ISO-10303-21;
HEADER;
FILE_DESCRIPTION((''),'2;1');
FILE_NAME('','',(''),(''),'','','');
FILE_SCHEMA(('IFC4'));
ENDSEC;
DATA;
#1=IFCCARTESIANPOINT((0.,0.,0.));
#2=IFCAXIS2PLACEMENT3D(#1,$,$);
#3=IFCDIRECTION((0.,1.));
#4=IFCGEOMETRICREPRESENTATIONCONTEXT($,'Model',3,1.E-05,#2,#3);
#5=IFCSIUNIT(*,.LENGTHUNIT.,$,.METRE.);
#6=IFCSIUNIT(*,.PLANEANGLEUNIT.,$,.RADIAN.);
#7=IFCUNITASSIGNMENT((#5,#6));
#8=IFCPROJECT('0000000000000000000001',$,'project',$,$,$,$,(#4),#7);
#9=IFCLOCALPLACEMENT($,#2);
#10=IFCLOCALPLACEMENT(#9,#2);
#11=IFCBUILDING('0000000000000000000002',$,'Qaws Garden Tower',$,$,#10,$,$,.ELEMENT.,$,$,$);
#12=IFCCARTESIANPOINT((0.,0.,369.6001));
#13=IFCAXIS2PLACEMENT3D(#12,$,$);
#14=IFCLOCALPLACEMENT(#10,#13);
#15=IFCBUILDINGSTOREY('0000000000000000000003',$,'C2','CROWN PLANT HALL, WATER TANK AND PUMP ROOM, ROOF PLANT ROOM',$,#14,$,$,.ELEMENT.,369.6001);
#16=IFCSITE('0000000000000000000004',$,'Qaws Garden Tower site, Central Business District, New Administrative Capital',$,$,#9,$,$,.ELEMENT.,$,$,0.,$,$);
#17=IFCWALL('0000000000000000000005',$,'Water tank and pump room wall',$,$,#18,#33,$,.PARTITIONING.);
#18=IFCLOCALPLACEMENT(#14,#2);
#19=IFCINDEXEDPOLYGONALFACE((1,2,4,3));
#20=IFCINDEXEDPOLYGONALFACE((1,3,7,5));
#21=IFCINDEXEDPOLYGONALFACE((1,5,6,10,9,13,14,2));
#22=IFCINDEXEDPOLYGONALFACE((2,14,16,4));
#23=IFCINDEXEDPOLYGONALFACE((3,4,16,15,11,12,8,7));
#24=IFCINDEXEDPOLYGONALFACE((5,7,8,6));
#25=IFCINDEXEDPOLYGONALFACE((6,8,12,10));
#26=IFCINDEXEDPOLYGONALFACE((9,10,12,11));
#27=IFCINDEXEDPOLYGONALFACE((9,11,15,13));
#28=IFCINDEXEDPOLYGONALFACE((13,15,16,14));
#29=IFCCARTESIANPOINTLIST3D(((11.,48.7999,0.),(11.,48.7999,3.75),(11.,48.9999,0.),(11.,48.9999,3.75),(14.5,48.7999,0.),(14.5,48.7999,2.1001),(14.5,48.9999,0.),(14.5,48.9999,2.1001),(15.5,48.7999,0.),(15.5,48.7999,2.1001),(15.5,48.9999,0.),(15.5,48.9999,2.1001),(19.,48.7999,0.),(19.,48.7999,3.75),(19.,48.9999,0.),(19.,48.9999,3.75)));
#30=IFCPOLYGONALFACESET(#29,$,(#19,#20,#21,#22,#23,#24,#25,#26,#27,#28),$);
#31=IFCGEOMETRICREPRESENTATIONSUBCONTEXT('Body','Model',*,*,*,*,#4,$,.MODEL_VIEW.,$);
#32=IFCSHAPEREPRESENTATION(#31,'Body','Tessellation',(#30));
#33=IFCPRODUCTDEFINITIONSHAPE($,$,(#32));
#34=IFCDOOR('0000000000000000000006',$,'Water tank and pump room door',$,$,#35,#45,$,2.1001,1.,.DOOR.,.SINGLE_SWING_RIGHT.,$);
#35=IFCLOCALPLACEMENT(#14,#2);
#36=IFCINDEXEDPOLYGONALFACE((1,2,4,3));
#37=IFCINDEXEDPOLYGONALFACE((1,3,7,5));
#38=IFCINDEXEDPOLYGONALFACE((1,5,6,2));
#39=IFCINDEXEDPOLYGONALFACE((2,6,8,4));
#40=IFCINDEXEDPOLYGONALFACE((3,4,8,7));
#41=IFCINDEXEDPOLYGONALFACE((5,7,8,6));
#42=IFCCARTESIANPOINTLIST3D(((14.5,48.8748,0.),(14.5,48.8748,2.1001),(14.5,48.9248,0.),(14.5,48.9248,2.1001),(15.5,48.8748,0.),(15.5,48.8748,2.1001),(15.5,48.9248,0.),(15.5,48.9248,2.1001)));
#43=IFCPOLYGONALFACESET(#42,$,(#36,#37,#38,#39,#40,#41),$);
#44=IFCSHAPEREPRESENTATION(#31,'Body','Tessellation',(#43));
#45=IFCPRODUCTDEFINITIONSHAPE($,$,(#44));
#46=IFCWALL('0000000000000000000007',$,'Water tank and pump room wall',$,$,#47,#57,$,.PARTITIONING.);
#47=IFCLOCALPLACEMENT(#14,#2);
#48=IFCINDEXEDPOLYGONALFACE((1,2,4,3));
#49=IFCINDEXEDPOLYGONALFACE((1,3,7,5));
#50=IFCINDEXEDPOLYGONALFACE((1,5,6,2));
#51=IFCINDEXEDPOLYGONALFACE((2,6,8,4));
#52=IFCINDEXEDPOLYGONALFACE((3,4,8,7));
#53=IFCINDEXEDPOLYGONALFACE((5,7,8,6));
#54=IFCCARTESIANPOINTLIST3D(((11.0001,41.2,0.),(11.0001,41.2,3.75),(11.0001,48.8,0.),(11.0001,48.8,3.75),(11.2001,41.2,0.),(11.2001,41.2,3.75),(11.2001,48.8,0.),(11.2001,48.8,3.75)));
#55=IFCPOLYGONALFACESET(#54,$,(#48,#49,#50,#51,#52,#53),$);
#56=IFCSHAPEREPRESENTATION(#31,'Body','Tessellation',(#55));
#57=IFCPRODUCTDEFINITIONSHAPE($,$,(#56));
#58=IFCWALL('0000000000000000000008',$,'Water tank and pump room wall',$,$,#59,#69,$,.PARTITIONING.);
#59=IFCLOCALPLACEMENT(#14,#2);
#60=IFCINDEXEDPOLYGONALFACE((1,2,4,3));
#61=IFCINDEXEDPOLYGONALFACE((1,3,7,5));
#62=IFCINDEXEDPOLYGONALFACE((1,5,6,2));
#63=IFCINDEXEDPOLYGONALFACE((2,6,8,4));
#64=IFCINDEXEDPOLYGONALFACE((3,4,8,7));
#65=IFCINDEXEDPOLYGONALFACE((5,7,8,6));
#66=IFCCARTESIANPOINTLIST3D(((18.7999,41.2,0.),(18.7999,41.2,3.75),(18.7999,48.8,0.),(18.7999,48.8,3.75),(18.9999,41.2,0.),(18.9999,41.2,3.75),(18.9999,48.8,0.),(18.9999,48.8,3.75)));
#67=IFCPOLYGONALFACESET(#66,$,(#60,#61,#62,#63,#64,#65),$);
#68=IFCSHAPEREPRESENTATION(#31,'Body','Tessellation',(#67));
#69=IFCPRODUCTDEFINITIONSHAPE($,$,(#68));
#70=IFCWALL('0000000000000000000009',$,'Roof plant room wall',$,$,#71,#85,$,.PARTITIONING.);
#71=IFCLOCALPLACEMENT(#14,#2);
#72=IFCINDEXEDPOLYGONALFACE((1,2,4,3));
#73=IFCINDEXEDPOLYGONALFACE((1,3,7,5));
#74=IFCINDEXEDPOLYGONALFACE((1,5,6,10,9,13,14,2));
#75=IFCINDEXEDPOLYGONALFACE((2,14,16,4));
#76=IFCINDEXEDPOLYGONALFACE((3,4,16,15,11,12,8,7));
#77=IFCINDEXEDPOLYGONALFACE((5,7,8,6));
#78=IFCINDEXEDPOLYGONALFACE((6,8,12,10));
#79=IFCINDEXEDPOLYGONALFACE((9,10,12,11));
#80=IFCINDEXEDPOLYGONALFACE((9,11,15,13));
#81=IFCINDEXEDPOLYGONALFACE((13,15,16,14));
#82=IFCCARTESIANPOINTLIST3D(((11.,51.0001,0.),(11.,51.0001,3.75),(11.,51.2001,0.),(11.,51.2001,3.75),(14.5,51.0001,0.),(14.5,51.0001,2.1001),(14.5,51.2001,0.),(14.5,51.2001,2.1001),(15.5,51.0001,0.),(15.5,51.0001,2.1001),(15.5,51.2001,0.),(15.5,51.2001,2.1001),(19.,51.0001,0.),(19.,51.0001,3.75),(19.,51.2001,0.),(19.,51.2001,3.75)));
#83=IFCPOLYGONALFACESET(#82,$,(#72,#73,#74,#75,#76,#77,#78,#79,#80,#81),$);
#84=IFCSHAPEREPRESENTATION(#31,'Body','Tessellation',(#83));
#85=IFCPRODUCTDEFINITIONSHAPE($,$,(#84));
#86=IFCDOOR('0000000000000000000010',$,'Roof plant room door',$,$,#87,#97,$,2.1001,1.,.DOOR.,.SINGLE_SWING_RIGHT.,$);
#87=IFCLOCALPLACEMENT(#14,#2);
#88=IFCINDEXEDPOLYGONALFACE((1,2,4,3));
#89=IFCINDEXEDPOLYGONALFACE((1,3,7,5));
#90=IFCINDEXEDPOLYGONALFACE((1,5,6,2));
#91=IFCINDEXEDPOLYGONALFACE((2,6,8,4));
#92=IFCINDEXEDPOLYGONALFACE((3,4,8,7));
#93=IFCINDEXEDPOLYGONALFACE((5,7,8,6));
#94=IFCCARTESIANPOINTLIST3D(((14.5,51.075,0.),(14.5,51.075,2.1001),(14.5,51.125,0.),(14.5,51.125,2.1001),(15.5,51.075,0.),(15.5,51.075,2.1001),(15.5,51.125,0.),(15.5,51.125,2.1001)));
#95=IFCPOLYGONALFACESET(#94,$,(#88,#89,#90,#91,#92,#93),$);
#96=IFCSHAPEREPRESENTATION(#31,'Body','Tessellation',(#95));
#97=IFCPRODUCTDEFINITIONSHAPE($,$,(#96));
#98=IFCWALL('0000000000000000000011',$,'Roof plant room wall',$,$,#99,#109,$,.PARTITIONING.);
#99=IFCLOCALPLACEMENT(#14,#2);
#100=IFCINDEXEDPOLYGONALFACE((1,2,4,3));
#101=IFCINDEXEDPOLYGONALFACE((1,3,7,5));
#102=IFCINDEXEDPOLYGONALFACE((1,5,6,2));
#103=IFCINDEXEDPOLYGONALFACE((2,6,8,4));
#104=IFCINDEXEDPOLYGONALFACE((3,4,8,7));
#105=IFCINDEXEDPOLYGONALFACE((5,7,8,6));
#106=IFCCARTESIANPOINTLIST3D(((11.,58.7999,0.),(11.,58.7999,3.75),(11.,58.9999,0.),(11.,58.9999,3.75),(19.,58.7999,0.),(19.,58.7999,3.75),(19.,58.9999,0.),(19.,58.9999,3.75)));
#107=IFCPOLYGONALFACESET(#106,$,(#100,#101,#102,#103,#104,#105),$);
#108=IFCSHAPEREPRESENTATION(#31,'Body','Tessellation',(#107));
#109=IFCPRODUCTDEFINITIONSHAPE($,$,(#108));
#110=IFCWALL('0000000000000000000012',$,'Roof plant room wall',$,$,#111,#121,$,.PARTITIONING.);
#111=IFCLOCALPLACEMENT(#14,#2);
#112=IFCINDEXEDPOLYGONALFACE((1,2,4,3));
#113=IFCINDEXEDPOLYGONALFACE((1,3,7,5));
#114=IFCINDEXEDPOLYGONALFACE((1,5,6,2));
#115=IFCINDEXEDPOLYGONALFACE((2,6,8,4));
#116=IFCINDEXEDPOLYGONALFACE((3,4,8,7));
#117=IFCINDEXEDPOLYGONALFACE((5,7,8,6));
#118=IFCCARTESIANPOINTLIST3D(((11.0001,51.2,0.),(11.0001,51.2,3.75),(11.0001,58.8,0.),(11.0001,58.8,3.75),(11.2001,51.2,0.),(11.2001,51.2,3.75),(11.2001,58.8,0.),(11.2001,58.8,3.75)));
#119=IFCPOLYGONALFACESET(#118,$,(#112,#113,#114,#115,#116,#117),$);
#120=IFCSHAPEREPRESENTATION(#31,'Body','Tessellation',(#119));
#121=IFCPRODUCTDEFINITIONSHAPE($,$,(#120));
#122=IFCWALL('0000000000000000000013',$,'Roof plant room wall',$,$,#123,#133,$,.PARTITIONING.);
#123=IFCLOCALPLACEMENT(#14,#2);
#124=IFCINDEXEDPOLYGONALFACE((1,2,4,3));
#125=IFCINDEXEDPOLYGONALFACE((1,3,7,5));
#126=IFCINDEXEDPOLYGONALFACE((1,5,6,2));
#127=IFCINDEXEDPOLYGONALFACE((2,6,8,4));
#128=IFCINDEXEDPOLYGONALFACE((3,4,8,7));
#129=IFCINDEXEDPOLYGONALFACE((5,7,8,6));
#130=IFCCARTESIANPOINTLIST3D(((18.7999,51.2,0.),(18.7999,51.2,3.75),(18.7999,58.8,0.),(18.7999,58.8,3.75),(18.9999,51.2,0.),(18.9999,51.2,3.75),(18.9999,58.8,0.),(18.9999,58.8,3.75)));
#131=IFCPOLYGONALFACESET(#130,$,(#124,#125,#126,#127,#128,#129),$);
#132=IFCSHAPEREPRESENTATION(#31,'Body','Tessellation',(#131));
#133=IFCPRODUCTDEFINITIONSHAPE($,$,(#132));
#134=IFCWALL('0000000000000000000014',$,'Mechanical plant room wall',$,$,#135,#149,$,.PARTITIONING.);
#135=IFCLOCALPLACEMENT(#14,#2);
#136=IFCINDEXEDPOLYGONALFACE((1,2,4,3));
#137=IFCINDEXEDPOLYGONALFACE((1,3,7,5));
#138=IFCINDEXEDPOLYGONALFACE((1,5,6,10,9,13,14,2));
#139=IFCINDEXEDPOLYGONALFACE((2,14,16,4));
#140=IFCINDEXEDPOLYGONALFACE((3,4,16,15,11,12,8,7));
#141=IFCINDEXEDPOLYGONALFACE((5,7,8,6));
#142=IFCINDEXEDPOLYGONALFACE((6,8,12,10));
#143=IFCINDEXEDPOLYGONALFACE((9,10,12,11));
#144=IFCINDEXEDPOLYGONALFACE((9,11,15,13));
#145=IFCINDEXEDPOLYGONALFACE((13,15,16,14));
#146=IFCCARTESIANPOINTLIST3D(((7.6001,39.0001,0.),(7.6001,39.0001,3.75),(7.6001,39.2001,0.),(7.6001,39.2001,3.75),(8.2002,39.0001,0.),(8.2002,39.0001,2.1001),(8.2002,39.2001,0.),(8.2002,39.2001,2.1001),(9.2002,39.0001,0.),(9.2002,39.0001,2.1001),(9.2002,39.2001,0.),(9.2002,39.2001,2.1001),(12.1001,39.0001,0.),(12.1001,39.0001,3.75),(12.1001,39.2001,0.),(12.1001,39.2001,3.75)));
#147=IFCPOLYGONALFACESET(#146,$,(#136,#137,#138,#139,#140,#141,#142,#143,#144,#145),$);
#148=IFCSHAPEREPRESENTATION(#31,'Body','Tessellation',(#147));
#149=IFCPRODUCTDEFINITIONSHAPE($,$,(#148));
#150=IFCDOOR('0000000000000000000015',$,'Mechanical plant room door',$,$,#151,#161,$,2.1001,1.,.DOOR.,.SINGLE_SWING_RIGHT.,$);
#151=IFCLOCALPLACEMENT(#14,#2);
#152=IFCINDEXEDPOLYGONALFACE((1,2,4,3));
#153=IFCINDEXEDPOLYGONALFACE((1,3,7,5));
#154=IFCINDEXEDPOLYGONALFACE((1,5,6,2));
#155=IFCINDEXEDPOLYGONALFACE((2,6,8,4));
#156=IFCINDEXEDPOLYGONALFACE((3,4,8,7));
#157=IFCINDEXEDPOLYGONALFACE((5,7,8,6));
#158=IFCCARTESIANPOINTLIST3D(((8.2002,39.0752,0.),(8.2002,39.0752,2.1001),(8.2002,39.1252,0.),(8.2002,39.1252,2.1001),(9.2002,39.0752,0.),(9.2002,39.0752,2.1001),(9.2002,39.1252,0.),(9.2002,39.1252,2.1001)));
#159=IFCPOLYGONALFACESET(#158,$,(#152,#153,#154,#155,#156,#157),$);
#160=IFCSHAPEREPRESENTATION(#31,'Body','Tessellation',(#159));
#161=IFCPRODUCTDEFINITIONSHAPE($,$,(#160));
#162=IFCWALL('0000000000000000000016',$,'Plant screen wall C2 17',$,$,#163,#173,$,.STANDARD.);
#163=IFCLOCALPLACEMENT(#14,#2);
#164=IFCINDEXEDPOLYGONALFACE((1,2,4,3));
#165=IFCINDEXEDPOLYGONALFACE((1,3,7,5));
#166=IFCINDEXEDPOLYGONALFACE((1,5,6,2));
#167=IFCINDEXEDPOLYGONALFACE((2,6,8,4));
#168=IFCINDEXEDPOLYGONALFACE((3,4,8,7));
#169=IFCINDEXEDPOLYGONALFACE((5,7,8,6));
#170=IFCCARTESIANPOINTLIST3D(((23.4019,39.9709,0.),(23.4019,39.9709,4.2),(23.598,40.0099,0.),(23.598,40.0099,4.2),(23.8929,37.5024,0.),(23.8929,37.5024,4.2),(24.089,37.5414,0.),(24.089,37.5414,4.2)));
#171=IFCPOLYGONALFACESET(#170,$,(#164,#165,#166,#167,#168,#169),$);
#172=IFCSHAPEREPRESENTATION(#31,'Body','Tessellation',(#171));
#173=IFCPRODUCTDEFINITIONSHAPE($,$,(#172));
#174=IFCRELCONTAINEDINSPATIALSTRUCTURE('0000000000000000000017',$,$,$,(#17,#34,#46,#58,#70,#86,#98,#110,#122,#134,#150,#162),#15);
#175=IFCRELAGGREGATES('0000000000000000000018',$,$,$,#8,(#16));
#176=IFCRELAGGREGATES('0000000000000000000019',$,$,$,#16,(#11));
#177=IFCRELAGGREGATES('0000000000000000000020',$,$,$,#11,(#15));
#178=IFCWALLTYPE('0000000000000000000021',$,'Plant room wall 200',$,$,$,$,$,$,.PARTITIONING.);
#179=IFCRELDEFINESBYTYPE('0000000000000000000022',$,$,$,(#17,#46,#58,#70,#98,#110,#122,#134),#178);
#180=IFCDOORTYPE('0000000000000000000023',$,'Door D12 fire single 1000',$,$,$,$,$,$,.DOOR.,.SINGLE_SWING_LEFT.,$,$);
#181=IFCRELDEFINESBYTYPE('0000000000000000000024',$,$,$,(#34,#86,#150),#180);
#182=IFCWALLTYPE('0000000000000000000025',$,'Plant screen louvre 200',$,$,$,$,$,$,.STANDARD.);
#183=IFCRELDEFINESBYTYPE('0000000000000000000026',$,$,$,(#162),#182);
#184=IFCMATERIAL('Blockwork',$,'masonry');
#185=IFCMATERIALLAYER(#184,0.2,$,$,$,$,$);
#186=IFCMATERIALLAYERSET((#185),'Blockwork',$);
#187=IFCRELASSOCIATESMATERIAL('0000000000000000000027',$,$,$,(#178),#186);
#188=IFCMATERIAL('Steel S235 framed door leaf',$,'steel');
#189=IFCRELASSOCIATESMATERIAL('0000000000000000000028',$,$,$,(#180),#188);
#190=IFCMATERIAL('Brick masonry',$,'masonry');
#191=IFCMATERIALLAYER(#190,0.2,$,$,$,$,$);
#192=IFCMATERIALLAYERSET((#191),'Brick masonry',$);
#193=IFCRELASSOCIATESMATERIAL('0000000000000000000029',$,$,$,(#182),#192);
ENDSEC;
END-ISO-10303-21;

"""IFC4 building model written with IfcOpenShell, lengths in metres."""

from ifc_helpers import new_model, si_unit, direction, frame, frame_2d, origin, place, context, subcontext, project, spatial, rectangle, extrude, material, layer, layer_set, type_object, element, fill, save


model = new_model("IFC4")

# Units and contexts
model_context = context("Model", 3, precision=1e-05, world=origin(), true_north=direction((0.0, 1.0)))
body_context = subcontext(model_context, "Body", "Model", "MODEL_VIEW")
ifc_project = project(units=[si_unit("LENGTHUNIT", "METRE"), si_unit("PLANEANGLEUNIT", "RADIAN")], contexts=[model_context])

# Site, building, storey
site_placement = place(None, origin())
site = spatial("IfcSite", under=ifc_project, at=site_placement, Name="Qaws Garden Tower site, Central Business District, New Administrative Capital", CompositionType="ELEMENT", RefElevation=0.0)
building_placement = place(site_placement, origin())
building = spatial("IfcBuilding", under=site, at=building_placement, Name="Qaws Garden Tower", CompositionType="ELEMENT")
storey_placement = place(building_placement, frame((0.0, 0.0, 369.6001)))
storey = spatial("IfcBuildingStorey", under=building, at=storey_placement, Name="C2", Description="CROWN PLANT HALL, WATER TANK AND PUMP ROOM, ROOF PLANT ROOM", CompositionType="ELEMENT", Elevation=369.6001)

# Shared definitions
ifc_material_1 = material(Name="Blockwork", Category="masonry")
ifc_layer_1 = layer(ifc_material_1, 0.2)
ifc_layer_set_1 = layer_set([ifc_layer_1], Name="Blockwork")
wall_type_1 = type_object("IfcWallType", Name="Plant room wall 200", PredefinedType="PARTITIONING", material=ifc_layer_set_1)

# Wall, opening, door
wall_1_placement = place(storey_placement, frame((11.0, 48.8999, 0.0), z_axis=(0.0, 0.0, 1.0), x_axis=(1.0, 0.0, 0.0)))
wall_1 = element("IfcWall", 1, at=wall_1_placement, inside=storey, type_object=wall_type_1, Name="Water tank and pump room wall", PredefinedType="PARTITIONING", context=body_context, shape_type="SweptSolid", body=[
    extrude(rectangle(XDim=8.0, YDim=0.2, at=frame_2d((4.0, 0.0))), origin(), (0.0, 0.0, 1.0), 3.75),
])
opening_1_placement = place(wall_1_placement, frame((3.5, 0.0, 0.0)))
opening_1 = element("IfcOpeningElement", 2, at=opening_1_placement, cuts=wall_1, PredefinedType="OPENING", context=body_context, shape_type="SweptSolid", body=[
    extrude(rectangle(XDim=1.0, YDim=2.1001, at=frame_2d((0.5, 1.05))), frame((0.0, 0.1099, 0.0), z_axis=(0.0, -1.0, 0.0), x_axis=(1.0, 0.0, 0.0)), (0.0, 0.0, 1.0), 0.22),
])
ifc_material_2 = material(Name="Steel S235 framed door leaf", Category="steel")
door_type_1 = type_object("IfcDoorType", Name="Door D12 fire single 1000", OperationType="SINGLE_SWING_LEFT", PredefinedType="DOOR", material=ifc_material_2)
door_1_placement = place(opening_1_placement, origin())
door_1 = element("IfcDoor", 3, at=door_1_placement, inside=storey, type_object=door_type_1, Name="Water tank and pump room door", OperationType="SINGLE_SWING_RIGHT", OverallHeight=2.1001, OverallWidth=1.0, PredefinedType="DOOR", context=body_context, shape_type="SweptSolid", body=[
    extrude(rectangle(XDim=1.0, YDim=2.1001, at=frame_2d((0.5, 1.05))), frame((0.0, 0.0249, 0.0), z_axis=(0.0, -1.0, 0.0), x_axis=(1.0, 0.0, 0.0)), (0.0, 0.0, 1.0), 0.05),
])
fill(opening_1, door_1)

# Walls
for number, where, z_axis, x_axis, name in (
    (4, (11.1001, 41.2, 0.0), (0.0, 0.0, 1.0), (0.0, 1.0, 0.0), "Water tank and pump room wall"),
    (5, (18.8999, 41.2, 0.0), (0.0, 0.0, 1.0), (0.0, 1.0, 0.0), "Water tank and pump room wall"),
):
    element("IfcWall", number, at=place(storey_placement, frame(where, z_axis=z_axis, x_axis=x_axis)), inside=storey, type_object=wall_type_1, Name=name, PredefinedType="PARTITIONING", context=body_context, shape_type="SweptSolid", body=[
        extrude(rectangle(XDim=7.6001, YDim=0.2, at=frame_2d((3.8, 0.0))), origin(), (0.0, 0.0, 1.0), 3.75),
    ])

# Wall, opening, door
wall_2_placement = place(storey_placement, frame((11.0, 51.1001, 0.0), z_axis=(0.0, 0.0, 1.0), x_axis=(1.0, 0.0, 0.0)))
wall_2 = element("IfcWall", 6, at=wall_2_placement, inside=storey, type_object=wall_type_1, Name="Roof plant room wall", PredefinedType="PARTITIONING", context=body_context, shape_type="SweptSolid", body=[
    extrude(rectangle(XDim=8.0, YDim=0.2, at=frame_2d((4.0, 0.0))), origin(), (0.0, 0.0, 1.0), 3.75),
])
opening_2_placement = place(wall_2_placement, frame((3.5, 0.0, 0.0)))
opening_2 = element("IfcOpeningElement", 7, at=opening_2_placement, cuts=wall_2, PredefinedType="OPENING", context=body_context, shape_type="SweptSolid", body=[
    extrude(rectangle(XDim=1.0, YDim=2.1001, at=frame_2d((0.5, 1.05))), frame((0.0, 0.1099, 0.0), z_axis=(0.0, -1.0, 0.0), x_axis=(1.0, 0.0, 0.0)), (0.0, 0.0, 1.0), 0.22),
])
door_2_placement = place(opening_2_placement, origin())
door_2 = element("IfcDoor", 8, at=door_2_placement, inside=storey, type_object=door_type_1, Name="Roof plant room door", OperationType="SINGLE_SWING_RIGHT", OverallHeight=2.1001, OverallWidth=1.0, PredefinedType="DOOR", context=body_context, shape_type="SweptSolid", body=[
    extrude(rectangle(XDim=1.0, YDim=2.1001, at=frame_2d((0.5, 1.05))), frame((0.0, 0.0249, 0.0), z_axis=(0.0, -1.0, 0.0), x_axis=(1.0, 0.0, 0.0)), (0.0, 0.0, 1.0), 0.05),
])
fill(opening_2, door_2)

# Walls
wall_3_placement = place(storey_placement, frame((11.0, 58.8999, 0.0), z_axis=(0.0, 0.0, 1.0), x_axis=(1.0, 0.0, 0.0)))
element("IfcWall", 9, at=wall_3_placement, inside=storey, type_object=wall_type_1, Name="Roof plant room wall", PredefinedType="PARTITIONING", context=body_context, shape_type="SweptSolid", body=[
    extrude(rectangle(XDim=8.0, YDim=0.2, at=frame_2d((4.0, 0.0))), origin(), (0.0, 0.0, 1.0), 3.75),
])
for number, where, z_axis, x_axis, name in (
    (10, (11.1001, 51.2, 0.0), (0.0, 0.0, 1.0), (0.0, 1.0, 0.0), "Roof plant room wall"),
    (11, (18.8999, 51.2, 0.0), (0.0, 0.0, 1.0), (0.0, 1.0, 0.0), "Roof plant room wall"),
):
    element("IfcWall", number, at=place(storey_placement, frame(where, z_axis=z_axis, x_axis=x_axis)), inside=storey, type_object=wall_type_1, Name=name, PredefinedType="PARTITIONING", context=body_context, shape_type="SweptSolid", body=[
        extrude(rectangle(XDim=7.6001, YDim=0.2, at=frame_2d((3.8, 0.0))), origin(), (0.0, 0.0, 1.0), 3.75),
    ])

# Wall, opening, door
wall_4_placement = place(storey_placement, frame((7.6001, 39.1001, 0.0), z_axis=(0.0, 0.0, 1.0), x_axis=(1.0, 0.0, 0.0)))
wall_4 = element("IfcWall", 12, at=wall_4_placement, inside=storey, type_object=wall_type_1, Name="Mechanical plant room wall", PredefinedType="PARTITIONING", context=body_context, shape_type="SweptSolid", body=[
    extrude(rectangle(XDim=4.5, YDim=0.2, at=frame_2d((2.25, 0.0))), origin(), (0.0, 0.0, 1.0), 3.75),
])
opening_3_placement = place(wall_4_placement, frame((0.6001, 0.0, 0.0)))
opening_3 = element("IfcOpeningElement", 13, at=opening_3_placement, cuts=wall_4, PredefinedType="OPENING", context=body_context, shape_type="SweptSolid", body=[
    extrude(rectangle(XDim=1.0, YDim=2.1001, at=frame_2d((0.5, 1.05))), frame((0.0, 0.1099, 0.0), z_axis=(0.0, -1.0, 0.0), x_axis=(1.0, 0.0, 0.0)), (0.0, 0.0, 1.0), 0.22),
])
door_3_placement = place(opening_3_placement, frame((1.0, 0.0, 0.0), z_axis=(0.0, 0.0, 1.0), x_axis=(-1.0, 0.0, 0.0)))
door_3 = element("IfcDoor", 14, at=door_3_placement, inside=storey, type_object=door_type_1, Name="Mechanical plant room door", OperationType="SINGLE_SWING_RIGHT", OverallHeight=2.1001, OverallWidth=1.0, PredefinedType="DOOR", context=body_context, shape_type="SweptSolid", body=[
    extrude(rectangle(XDim=1.0, YDim=2.1001, at=frame_2d((0.5, 1.05))), frame((0.0, 0.0249, 0.0), z_axis=(0.0, -1.0, 0.0), x_axis=(1.0, 0.0, 0.0)), (0.0, 0.0, 1.0), 0.05),
])
fill(opening_3, door_3)

# Wall
ifc_material_3 = material(Name="Brick masonry", Category="masonry")
ifc_layer_2 = layer(ifc_material_3, 0.2)
ifc_layer_set_2 = layer_set([ifc_layer_2], Name="Brick masonry")
wall_type_2 = type_object("IfcWallType", Name="Plant screen louvre 200", PredefinedType="STANDARD", material=ifc_layer_set_2)
wall_5_placement = place(storey_placement, frame((23.5, 39.9902, 0.0), z_axis=(0.0, 0.0, 1.0), x_axis=(0.195071, -0.980789, 0.0)))
element("IfcWall", 15, at=wall_5_placement, inside=storey, type_object=wall_type_2, Name="Plant screen wall C2 17", PredefinedType="STANDARD", context=body_context, shape_type="SweptSolid", body=[
    extrude(rectangle(XDim=2.5168, YDim=0.2, at=frame_2d((1.2583, 0.0))), origin(), (0.0, 0.0, 1.0), 4.2),
])

save(model, "model.ifc")
